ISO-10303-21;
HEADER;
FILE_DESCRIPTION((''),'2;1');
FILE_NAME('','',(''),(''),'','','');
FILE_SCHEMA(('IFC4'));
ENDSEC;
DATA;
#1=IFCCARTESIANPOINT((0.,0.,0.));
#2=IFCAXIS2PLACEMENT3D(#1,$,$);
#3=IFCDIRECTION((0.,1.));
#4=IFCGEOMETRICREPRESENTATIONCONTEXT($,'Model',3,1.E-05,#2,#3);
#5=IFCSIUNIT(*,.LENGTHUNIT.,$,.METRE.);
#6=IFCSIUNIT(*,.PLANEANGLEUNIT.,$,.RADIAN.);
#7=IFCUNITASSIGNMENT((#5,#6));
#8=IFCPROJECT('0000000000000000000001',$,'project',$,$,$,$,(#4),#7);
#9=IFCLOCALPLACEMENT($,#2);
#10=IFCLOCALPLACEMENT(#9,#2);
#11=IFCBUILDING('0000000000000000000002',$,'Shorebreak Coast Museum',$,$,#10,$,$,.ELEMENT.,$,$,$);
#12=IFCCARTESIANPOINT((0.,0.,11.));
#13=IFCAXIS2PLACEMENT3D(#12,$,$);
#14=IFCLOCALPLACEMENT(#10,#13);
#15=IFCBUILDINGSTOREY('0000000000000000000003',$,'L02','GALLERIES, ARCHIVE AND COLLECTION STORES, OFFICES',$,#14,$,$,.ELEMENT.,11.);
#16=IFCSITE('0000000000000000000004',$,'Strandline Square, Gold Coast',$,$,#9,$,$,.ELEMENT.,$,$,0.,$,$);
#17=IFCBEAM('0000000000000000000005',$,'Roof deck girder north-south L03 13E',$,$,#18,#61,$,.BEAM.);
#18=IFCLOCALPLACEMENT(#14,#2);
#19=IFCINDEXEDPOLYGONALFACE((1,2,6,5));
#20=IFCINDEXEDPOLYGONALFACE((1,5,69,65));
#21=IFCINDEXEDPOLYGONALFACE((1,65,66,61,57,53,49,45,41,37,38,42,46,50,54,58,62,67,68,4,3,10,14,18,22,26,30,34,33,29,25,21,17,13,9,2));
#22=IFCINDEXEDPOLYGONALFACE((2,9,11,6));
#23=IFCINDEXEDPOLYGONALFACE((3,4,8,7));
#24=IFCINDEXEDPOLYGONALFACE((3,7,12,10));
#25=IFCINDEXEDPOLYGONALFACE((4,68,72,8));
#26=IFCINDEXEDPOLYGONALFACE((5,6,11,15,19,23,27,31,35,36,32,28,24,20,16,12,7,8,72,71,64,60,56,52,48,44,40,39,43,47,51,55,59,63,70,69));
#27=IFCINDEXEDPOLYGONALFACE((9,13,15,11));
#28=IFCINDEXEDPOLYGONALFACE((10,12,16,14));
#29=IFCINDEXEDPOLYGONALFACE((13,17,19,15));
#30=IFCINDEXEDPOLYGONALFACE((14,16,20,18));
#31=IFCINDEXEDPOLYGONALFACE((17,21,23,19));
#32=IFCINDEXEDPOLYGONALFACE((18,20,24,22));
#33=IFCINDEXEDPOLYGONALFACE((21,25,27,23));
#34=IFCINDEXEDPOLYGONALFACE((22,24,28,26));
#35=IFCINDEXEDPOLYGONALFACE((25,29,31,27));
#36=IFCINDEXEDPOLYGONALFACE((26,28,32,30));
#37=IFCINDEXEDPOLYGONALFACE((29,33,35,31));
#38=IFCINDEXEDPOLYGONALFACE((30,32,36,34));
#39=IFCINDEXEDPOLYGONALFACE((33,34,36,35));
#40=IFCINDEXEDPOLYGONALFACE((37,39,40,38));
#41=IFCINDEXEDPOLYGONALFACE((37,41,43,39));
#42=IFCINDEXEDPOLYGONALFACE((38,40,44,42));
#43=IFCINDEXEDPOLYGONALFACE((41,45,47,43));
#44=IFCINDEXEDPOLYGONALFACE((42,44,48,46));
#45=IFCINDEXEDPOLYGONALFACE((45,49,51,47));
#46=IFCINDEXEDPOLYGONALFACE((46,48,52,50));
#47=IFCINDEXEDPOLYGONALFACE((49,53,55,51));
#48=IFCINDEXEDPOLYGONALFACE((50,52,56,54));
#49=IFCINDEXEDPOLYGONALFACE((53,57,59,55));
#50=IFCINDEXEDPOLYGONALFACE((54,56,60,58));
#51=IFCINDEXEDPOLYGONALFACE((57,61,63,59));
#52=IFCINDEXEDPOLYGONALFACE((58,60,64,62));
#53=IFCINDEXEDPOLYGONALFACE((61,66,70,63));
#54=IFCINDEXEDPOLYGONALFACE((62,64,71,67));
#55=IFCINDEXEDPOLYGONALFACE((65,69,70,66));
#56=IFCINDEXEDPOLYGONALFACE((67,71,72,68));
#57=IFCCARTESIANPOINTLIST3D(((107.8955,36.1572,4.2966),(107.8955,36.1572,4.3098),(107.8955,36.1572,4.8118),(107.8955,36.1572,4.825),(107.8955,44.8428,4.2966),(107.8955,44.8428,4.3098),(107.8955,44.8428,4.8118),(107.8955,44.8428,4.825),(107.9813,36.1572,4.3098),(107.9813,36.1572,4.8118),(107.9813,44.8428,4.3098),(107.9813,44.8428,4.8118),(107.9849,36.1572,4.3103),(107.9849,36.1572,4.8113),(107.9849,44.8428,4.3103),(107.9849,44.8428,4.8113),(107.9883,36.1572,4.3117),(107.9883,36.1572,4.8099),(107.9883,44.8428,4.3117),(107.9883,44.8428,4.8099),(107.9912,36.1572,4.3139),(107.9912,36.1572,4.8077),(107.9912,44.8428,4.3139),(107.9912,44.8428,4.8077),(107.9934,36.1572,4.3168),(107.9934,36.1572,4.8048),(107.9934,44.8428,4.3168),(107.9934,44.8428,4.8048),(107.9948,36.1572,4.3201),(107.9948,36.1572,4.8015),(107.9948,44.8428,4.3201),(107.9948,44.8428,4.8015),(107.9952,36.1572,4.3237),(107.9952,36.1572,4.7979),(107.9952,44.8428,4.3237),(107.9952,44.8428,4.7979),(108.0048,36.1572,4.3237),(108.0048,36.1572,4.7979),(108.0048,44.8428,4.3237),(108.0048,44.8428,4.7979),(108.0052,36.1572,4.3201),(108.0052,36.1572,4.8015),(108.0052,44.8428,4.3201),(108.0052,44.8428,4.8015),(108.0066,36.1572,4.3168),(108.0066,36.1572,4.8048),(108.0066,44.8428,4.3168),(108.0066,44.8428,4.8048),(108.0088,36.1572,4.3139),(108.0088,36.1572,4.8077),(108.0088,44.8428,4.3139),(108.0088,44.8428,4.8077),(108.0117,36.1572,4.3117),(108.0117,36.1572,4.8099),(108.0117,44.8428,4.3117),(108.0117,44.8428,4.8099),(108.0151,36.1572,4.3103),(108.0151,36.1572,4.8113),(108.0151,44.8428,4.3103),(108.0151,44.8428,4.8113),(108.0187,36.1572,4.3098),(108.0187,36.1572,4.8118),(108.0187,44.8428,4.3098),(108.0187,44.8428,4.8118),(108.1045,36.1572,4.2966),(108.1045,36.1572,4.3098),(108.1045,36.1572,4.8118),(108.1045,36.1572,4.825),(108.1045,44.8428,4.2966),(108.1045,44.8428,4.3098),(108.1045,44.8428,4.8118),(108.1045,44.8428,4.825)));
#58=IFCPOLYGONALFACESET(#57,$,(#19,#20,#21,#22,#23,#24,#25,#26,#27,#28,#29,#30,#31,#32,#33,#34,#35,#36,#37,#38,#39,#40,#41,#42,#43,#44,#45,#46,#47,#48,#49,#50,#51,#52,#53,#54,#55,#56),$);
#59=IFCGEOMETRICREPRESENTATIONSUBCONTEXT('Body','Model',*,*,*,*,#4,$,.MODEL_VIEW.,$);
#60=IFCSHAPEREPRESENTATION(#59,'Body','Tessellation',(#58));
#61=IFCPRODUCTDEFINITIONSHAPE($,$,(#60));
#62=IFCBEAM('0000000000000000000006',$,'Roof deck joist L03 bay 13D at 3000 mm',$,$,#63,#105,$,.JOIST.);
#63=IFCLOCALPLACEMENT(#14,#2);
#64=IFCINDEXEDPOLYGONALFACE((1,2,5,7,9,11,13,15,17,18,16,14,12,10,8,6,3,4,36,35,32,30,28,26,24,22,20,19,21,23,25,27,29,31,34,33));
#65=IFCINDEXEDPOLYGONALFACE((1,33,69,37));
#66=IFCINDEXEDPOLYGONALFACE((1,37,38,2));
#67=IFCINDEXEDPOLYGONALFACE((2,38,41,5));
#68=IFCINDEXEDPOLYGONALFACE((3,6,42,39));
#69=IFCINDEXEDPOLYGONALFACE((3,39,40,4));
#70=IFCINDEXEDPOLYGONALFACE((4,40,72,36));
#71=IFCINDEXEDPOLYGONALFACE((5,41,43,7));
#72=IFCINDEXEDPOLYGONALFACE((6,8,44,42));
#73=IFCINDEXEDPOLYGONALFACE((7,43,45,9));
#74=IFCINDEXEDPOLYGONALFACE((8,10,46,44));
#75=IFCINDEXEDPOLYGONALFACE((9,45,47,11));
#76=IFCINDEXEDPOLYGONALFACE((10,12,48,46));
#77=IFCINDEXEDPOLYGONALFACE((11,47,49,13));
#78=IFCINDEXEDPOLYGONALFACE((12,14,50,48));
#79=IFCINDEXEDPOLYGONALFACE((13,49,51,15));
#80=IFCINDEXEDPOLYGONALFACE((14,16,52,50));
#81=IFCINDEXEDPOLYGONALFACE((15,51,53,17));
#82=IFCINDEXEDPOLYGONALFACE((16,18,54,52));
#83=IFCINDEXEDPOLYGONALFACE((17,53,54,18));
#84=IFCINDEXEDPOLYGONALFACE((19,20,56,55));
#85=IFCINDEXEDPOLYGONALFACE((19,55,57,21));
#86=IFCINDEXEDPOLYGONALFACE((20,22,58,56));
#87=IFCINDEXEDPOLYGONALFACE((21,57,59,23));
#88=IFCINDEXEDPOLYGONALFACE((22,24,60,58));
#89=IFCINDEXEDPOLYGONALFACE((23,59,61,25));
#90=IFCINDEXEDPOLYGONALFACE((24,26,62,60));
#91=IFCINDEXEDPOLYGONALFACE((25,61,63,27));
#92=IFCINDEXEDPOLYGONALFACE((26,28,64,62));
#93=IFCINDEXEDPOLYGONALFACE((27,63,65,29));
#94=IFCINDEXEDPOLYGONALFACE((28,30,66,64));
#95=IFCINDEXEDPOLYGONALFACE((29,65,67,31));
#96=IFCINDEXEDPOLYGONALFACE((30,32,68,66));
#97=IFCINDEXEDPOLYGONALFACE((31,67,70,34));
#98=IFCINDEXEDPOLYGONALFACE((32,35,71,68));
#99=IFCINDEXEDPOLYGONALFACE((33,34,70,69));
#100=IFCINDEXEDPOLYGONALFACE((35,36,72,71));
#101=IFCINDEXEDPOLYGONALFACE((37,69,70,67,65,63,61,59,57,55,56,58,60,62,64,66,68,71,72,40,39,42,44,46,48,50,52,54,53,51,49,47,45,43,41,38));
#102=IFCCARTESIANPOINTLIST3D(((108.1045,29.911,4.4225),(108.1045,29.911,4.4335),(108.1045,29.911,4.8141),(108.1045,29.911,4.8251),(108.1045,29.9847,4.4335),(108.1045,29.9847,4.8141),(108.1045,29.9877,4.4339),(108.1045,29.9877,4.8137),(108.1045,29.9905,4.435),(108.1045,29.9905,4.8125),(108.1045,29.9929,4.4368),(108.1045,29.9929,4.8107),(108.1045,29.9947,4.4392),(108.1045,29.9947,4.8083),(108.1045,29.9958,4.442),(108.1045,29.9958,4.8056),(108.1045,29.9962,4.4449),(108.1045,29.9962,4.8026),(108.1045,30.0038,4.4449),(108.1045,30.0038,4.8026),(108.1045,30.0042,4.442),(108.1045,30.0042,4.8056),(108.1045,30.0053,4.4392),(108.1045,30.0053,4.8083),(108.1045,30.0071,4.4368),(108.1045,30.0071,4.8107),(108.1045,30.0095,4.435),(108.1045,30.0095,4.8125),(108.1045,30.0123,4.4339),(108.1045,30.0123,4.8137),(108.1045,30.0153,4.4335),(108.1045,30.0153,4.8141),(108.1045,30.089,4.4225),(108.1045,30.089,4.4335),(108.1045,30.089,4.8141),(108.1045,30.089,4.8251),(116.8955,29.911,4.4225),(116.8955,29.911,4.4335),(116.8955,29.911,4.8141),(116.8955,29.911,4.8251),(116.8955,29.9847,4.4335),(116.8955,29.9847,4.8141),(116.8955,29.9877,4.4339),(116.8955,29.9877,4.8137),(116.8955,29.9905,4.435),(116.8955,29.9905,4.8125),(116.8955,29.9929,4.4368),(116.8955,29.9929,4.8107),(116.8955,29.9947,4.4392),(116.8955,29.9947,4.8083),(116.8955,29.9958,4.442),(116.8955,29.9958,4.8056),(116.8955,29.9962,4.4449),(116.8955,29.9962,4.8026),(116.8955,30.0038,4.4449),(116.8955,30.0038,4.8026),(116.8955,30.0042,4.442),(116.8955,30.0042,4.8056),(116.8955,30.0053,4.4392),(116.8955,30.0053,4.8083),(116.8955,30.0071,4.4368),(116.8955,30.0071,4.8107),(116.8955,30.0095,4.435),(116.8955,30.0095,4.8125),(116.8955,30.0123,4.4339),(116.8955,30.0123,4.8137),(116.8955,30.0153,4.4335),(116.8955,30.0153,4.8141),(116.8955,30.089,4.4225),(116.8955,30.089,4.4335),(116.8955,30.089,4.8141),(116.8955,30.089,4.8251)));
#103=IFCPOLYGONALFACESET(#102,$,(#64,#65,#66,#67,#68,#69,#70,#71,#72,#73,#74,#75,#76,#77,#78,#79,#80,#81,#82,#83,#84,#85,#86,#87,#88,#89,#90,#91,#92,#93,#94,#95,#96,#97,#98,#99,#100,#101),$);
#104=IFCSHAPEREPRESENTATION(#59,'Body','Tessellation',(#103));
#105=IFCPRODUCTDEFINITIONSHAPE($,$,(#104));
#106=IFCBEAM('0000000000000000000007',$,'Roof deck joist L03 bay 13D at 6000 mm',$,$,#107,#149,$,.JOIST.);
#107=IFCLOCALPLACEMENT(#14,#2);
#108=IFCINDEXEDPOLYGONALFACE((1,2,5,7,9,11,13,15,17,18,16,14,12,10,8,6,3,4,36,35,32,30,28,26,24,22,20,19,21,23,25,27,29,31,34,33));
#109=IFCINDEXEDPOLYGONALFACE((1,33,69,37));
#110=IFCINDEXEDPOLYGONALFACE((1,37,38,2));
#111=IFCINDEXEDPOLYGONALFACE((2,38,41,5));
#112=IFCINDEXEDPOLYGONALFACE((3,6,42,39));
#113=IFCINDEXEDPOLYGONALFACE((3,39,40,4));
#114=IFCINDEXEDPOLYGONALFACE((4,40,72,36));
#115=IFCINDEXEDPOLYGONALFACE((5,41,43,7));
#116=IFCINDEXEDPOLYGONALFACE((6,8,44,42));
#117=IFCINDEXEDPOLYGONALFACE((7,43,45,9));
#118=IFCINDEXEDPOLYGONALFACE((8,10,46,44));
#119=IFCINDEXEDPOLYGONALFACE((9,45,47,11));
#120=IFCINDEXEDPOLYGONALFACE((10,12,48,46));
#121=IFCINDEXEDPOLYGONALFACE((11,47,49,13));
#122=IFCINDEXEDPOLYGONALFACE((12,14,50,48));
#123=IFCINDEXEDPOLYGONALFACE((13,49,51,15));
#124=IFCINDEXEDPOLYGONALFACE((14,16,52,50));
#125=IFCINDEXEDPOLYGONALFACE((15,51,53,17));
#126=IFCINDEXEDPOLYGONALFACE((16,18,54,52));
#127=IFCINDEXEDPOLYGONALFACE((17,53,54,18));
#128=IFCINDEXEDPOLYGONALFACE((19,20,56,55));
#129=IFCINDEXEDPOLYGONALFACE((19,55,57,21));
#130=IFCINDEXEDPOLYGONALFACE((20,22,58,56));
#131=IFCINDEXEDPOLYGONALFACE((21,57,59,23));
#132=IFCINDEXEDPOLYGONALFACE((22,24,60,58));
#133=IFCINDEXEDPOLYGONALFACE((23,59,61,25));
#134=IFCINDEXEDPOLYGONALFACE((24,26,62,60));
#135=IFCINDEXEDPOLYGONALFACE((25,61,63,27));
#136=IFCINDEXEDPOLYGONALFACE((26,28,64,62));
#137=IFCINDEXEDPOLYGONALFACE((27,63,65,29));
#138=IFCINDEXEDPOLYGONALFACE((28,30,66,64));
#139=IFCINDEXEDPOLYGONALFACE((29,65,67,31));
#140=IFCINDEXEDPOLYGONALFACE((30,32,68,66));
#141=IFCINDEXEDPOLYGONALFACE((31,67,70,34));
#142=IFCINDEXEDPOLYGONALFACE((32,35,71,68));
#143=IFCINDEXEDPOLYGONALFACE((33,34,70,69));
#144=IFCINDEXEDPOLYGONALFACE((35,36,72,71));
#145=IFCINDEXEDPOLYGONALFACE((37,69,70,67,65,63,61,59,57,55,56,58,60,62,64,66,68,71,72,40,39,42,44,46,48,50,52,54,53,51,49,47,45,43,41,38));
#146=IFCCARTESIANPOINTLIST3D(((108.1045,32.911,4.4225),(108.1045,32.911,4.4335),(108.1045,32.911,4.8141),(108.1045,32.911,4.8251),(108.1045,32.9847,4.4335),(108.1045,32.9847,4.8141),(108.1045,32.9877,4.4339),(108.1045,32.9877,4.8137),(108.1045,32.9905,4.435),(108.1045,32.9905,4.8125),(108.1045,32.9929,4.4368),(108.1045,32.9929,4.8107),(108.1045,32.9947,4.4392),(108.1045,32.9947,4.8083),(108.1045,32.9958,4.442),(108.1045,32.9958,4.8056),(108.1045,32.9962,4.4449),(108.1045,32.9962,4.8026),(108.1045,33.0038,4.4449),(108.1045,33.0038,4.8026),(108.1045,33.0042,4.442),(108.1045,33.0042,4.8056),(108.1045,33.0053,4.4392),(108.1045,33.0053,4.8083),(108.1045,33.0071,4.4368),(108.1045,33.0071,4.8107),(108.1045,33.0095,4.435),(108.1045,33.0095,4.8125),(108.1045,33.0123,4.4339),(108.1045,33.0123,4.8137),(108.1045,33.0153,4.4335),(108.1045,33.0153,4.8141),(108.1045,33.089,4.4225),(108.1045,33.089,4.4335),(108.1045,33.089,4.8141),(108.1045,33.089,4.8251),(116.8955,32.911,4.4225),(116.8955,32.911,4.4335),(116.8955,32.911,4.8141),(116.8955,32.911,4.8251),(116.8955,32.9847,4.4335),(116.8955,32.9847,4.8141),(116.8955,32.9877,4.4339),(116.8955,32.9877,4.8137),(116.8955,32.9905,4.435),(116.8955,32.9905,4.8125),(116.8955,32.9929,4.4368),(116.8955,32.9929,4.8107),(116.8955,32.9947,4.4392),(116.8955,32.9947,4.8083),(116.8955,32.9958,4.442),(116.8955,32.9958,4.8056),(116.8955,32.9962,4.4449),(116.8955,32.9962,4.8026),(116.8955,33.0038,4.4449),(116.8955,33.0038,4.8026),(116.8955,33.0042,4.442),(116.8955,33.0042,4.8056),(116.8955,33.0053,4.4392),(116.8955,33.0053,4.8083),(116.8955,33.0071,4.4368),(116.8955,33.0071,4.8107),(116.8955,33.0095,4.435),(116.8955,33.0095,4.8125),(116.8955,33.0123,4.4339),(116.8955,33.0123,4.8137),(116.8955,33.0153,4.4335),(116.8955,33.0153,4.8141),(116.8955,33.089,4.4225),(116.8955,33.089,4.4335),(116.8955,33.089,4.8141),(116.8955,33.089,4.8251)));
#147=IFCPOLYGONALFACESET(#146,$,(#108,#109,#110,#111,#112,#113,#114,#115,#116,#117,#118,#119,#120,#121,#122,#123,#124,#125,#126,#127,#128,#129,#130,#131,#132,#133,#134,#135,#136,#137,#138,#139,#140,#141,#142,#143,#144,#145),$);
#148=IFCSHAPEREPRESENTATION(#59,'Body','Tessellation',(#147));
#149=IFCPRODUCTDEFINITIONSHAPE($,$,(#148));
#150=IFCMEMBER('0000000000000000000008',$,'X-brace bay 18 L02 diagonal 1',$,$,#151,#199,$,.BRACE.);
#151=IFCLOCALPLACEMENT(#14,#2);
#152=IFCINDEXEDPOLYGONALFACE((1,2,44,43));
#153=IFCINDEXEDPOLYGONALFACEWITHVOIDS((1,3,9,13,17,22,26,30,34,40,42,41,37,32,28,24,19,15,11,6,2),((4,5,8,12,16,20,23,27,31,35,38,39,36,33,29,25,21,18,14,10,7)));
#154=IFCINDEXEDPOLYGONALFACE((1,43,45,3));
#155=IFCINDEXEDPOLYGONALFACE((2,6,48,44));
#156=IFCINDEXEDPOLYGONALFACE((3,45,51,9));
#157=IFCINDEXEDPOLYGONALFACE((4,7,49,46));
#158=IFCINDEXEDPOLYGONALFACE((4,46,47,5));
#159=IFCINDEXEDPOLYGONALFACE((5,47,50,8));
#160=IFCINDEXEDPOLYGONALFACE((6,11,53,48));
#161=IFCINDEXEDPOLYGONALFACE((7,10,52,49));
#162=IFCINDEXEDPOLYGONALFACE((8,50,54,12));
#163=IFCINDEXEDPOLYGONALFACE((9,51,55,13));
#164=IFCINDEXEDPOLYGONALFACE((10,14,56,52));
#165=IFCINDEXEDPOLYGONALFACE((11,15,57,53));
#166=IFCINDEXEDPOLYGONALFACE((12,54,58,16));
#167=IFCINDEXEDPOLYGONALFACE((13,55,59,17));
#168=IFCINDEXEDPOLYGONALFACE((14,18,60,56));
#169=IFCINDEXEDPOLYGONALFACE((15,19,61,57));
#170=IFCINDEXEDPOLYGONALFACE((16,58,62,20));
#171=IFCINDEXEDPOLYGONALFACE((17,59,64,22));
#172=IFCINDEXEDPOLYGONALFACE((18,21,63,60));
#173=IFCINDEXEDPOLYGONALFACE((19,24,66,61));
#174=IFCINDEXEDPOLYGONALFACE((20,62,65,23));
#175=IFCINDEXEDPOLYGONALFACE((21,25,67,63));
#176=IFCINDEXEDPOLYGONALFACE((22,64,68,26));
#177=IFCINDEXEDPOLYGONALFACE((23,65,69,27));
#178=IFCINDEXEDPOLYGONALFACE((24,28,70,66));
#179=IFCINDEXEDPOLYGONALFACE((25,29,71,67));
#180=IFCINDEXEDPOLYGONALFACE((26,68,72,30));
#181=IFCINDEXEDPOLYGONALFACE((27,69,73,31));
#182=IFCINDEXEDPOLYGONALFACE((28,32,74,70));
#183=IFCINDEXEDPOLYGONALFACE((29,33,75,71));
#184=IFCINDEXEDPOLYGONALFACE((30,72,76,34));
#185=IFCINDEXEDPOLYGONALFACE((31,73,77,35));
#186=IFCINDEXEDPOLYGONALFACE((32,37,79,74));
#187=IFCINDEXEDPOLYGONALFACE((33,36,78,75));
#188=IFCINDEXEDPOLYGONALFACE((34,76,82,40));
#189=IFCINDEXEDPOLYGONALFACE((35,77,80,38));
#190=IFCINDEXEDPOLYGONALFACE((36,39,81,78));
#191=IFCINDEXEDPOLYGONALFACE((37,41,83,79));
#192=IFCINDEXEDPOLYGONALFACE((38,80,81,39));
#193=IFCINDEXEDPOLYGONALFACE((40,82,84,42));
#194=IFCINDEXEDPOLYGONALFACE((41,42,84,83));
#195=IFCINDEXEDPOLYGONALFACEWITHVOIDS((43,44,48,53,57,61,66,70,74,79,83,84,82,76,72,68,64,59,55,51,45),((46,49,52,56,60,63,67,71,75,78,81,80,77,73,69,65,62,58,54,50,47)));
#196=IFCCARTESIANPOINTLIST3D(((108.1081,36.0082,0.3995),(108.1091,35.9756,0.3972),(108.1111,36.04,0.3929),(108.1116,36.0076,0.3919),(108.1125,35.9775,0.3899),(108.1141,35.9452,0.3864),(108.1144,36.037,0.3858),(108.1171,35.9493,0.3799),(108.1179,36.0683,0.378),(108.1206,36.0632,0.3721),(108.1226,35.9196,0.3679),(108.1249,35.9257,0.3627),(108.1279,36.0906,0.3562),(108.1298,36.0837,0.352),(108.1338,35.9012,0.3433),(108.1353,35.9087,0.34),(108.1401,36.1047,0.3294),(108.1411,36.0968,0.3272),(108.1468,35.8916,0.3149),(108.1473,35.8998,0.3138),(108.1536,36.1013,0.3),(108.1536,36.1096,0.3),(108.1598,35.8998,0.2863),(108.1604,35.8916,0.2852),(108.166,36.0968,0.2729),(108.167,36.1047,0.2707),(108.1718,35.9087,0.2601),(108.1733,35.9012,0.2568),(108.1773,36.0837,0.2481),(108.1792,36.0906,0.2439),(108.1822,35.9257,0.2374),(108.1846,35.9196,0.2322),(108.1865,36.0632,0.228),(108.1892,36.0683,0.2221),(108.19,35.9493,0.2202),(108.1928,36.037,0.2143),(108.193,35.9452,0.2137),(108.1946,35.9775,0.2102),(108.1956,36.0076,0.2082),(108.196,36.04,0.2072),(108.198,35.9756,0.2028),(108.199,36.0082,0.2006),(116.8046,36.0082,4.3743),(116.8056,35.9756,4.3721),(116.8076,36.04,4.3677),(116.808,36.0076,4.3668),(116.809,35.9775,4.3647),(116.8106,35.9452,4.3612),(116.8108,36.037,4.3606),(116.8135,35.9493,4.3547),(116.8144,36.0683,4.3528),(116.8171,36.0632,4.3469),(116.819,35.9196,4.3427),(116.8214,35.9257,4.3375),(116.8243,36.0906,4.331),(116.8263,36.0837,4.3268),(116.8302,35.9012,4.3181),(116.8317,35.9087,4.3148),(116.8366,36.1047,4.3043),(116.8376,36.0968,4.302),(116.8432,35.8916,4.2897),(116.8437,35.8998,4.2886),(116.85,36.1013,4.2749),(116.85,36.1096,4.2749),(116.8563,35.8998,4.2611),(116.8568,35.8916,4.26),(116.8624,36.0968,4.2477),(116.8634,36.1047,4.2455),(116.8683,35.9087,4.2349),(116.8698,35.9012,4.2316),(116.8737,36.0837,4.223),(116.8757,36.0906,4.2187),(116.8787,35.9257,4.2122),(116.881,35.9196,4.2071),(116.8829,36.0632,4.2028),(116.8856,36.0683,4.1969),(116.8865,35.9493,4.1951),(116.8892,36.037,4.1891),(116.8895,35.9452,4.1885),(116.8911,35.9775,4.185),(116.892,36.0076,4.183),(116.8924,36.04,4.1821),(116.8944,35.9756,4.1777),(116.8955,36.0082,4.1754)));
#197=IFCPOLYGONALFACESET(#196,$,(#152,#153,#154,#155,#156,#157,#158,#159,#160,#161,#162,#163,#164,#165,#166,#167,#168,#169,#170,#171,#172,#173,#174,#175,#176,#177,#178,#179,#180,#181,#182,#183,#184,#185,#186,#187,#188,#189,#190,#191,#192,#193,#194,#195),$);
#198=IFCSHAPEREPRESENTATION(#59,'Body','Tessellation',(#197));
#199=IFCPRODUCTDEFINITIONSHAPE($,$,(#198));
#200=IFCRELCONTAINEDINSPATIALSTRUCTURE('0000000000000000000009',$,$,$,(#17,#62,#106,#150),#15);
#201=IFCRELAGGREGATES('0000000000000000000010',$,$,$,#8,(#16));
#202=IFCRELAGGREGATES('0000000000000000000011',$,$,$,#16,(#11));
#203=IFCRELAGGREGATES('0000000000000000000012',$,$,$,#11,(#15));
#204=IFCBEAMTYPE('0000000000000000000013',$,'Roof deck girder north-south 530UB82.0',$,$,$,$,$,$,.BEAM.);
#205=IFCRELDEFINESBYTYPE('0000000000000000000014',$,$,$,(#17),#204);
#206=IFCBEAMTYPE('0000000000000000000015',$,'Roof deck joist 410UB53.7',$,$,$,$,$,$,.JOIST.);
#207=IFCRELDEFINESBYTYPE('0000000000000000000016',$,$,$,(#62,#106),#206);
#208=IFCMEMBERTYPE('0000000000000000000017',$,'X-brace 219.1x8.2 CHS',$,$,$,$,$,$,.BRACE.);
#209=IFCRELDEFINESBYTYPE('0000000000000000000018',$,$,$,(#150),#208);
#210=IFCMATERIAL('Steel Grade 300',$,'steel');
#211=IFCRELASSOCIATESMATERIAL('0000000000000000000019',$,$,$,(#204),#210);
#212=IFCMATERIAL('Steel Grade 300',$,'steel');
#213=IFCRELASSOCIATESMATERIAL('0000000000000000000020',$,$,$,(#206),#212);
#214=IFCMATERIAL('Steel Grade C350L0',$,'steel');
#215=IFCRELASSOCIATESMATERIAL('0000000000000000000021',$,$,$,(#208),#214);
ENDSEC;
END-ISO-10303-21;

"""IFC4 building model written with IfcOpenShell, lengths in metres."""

from ifc_helpers import new_model, si_unit, direction, frame, origin, origin_2d, place, context, subcontext, project, spatial, hollow_circle, i_section, extrude, material, material_profile, profile_set, type_object, element, save


model = new_model("IFC4")

# Units and contexts
model_context = context("Model", 3, precision=1e-05, world=origin(), true_north=direction((0.0, 1.0)))
body_context = subcontext(model_context, "Body", "Model", "MODEL_VIEW")
ifc_project = project(units=[si_unit("LENGTHUNIT", "METRE"), si_unit("PLANEANGLEUNIT", "RADIAN")], contexts=[model_context])

# Site, building, storey
site_placement = place(None, origin())
site = spatial("IfcSite", under=ifc_project, at=site_placement, Name="Strandline Square, Gold Coast", CompositionType="ELEMENT", RefElevation=0.0)
building_placement = place(site_placement, origin())
building = spatial("IfcBuilding", under=site, at=building_placement, Name="Shorebreak Coast Museum", CompositionType="ELEMENT")
storey_placement = place(building_placement, frame((0.0, 0.0, 11.0)))
storey = spatial("IfcBuildingStorey", under=building, at=storey_placement, Name="L02", Description="GALLERIES, ARCHIVE AND COLLECTION STORES, OFFICES", CompositionType="ELEMENT", Elevation=11.0)

# Beams
ifc_material_1 = material(Name="Steel Grade 300", Category="steel")
ifc_material_profile_1 = material_profile(ifc_material_1, i_section(OverallWidth=0.209, OverallDepth=0.5283, WebThickness=0.0095, FlangeThickness=0.0132, FilletRadius=0.0139, at=origin_2d()), Name="530UB82.0")
ifc_profile_set_1 = profile_set([ifc_material_profile_1], Name="Steel Grade 300")
beam_type_1 = type_object("IfcBeamType", Name="Roof deck girder north-south 530UB82.0", PredefinedType="BEAM", material=ifc_profile_set_1)
beam_1_placement = place(storey_placement, frame((108.0, 36.1572, 4.5608), z_axis=(0.0, 1.0, 0.0), x_axis=(-1.0, 0.0, 0.0)))
element("IfcBeam", 1, at=beam_1_placement, inside=storey, type_object=beam_type_1, Name="Roof deck girder north-south L03 13E", PredefinedType="BEAM", context=body_context, shape_type="SweptSolid", body=[
    extrude(i_section(OverallWidth=0.209, OverallDepth=0.5283, WebThickness=0.0095, FlangeThickness=0.0132, FilletRadius=0.0139, at=origin_2d()), origin(), (0.0, 0.0, 1.0), 8.6855),
])
ifc_material_2 = material(Name="Steel Grade 300", Category="steel")
ifc_material_profile_2 = material_profile(ifc_material_2, i_section(OverallWidth=0.178, OverallDepth=0.4026, WebThickness=0.0076, FlangeThickness=0.011, FilletRadius=0.0115, at=origin_2d()), Name="410UB53.7")
ifc_profile_set_2 = profile_set([ifc_material_profile_2], Name="Steel Grade 300")
beam_type_2 = type_object("IfcBeamType", Name="Roof deck joist 410UB53.7", PredefinedType="JOIST", material=ifc_profile_set_2)
for number, where, z_axis, x_axis, name in (
    (2, (108.1045, 30.0, 4.6238), (1.0, 0.0, 0.0), (0.0, 1.0, 0.0), "Roof deck joist L03 bay 13D at 3000 mm"),
    (3, (108.1045, 33.0, 4.6238), (1.0, 0.0, 0.0), (0.0, 1.0, 0.0), "Roof deck joist L03 bay 13D at 6000 mm"),
):
    element("IfcBeam", number, at=place(storey_placement, frame(where, z_axis=z_axis, x_axis=x_axis)), inside=storey, type_object=beam_type_2, Name=name, PredefinedType="JOIST", context=body_context, shape_type="SweptSolid", body=[
        extrude(i_section(OverallWidth=0.178, OverallDepth=0.4026, WebThickness=0.0076, FlangeThickness=0.011, FilletRadius=0.0115, at=origin_2d()), origin(), (0.0, 0.0, 1.0), 8.791),
    ])

# Member
ifc_material_3 = material(Name="Steel Grade C350L0", Category="steel")
ifc_material_profile_3 = material_profile(ifc_material_3, hollow_circle(Radius=0.1096, WallThickness=0.0083, at=origin_2d()), Name="219.1x8.2 CHS")
ifc_profile_set_3 = profile_set([ifc_material_profile_3], Name="Steel Grade C350L0")
member_type = type_object("IfcMemberType", Name="X-brace 219.1x8.2 CHS", PredefinedType="BRACE", material=ifc_profile_set_3)
member_placement = place(storey_placement, frame((108.1536, 36.0, 0.3), z_axis=(0.909502, 0.0, 0.415699), x_axis=(0.0, 1.0, 0.0)))
element("IfcMember", 4, at=member_placement, inside=storey, type_object=member_type, Name="X-brace bay 18 L02 diagonal 1", PredefinedType="BRACE", context=body_context, shape_type="SweptSolid", body=[
    extrude(hollow_circle(Radius=0.1096, WallThickness=0.0083, at=origin_2d()), origin(), (0.0, 0.0, 1.0), 9.5618),
])

save(model, "model.ifc")
